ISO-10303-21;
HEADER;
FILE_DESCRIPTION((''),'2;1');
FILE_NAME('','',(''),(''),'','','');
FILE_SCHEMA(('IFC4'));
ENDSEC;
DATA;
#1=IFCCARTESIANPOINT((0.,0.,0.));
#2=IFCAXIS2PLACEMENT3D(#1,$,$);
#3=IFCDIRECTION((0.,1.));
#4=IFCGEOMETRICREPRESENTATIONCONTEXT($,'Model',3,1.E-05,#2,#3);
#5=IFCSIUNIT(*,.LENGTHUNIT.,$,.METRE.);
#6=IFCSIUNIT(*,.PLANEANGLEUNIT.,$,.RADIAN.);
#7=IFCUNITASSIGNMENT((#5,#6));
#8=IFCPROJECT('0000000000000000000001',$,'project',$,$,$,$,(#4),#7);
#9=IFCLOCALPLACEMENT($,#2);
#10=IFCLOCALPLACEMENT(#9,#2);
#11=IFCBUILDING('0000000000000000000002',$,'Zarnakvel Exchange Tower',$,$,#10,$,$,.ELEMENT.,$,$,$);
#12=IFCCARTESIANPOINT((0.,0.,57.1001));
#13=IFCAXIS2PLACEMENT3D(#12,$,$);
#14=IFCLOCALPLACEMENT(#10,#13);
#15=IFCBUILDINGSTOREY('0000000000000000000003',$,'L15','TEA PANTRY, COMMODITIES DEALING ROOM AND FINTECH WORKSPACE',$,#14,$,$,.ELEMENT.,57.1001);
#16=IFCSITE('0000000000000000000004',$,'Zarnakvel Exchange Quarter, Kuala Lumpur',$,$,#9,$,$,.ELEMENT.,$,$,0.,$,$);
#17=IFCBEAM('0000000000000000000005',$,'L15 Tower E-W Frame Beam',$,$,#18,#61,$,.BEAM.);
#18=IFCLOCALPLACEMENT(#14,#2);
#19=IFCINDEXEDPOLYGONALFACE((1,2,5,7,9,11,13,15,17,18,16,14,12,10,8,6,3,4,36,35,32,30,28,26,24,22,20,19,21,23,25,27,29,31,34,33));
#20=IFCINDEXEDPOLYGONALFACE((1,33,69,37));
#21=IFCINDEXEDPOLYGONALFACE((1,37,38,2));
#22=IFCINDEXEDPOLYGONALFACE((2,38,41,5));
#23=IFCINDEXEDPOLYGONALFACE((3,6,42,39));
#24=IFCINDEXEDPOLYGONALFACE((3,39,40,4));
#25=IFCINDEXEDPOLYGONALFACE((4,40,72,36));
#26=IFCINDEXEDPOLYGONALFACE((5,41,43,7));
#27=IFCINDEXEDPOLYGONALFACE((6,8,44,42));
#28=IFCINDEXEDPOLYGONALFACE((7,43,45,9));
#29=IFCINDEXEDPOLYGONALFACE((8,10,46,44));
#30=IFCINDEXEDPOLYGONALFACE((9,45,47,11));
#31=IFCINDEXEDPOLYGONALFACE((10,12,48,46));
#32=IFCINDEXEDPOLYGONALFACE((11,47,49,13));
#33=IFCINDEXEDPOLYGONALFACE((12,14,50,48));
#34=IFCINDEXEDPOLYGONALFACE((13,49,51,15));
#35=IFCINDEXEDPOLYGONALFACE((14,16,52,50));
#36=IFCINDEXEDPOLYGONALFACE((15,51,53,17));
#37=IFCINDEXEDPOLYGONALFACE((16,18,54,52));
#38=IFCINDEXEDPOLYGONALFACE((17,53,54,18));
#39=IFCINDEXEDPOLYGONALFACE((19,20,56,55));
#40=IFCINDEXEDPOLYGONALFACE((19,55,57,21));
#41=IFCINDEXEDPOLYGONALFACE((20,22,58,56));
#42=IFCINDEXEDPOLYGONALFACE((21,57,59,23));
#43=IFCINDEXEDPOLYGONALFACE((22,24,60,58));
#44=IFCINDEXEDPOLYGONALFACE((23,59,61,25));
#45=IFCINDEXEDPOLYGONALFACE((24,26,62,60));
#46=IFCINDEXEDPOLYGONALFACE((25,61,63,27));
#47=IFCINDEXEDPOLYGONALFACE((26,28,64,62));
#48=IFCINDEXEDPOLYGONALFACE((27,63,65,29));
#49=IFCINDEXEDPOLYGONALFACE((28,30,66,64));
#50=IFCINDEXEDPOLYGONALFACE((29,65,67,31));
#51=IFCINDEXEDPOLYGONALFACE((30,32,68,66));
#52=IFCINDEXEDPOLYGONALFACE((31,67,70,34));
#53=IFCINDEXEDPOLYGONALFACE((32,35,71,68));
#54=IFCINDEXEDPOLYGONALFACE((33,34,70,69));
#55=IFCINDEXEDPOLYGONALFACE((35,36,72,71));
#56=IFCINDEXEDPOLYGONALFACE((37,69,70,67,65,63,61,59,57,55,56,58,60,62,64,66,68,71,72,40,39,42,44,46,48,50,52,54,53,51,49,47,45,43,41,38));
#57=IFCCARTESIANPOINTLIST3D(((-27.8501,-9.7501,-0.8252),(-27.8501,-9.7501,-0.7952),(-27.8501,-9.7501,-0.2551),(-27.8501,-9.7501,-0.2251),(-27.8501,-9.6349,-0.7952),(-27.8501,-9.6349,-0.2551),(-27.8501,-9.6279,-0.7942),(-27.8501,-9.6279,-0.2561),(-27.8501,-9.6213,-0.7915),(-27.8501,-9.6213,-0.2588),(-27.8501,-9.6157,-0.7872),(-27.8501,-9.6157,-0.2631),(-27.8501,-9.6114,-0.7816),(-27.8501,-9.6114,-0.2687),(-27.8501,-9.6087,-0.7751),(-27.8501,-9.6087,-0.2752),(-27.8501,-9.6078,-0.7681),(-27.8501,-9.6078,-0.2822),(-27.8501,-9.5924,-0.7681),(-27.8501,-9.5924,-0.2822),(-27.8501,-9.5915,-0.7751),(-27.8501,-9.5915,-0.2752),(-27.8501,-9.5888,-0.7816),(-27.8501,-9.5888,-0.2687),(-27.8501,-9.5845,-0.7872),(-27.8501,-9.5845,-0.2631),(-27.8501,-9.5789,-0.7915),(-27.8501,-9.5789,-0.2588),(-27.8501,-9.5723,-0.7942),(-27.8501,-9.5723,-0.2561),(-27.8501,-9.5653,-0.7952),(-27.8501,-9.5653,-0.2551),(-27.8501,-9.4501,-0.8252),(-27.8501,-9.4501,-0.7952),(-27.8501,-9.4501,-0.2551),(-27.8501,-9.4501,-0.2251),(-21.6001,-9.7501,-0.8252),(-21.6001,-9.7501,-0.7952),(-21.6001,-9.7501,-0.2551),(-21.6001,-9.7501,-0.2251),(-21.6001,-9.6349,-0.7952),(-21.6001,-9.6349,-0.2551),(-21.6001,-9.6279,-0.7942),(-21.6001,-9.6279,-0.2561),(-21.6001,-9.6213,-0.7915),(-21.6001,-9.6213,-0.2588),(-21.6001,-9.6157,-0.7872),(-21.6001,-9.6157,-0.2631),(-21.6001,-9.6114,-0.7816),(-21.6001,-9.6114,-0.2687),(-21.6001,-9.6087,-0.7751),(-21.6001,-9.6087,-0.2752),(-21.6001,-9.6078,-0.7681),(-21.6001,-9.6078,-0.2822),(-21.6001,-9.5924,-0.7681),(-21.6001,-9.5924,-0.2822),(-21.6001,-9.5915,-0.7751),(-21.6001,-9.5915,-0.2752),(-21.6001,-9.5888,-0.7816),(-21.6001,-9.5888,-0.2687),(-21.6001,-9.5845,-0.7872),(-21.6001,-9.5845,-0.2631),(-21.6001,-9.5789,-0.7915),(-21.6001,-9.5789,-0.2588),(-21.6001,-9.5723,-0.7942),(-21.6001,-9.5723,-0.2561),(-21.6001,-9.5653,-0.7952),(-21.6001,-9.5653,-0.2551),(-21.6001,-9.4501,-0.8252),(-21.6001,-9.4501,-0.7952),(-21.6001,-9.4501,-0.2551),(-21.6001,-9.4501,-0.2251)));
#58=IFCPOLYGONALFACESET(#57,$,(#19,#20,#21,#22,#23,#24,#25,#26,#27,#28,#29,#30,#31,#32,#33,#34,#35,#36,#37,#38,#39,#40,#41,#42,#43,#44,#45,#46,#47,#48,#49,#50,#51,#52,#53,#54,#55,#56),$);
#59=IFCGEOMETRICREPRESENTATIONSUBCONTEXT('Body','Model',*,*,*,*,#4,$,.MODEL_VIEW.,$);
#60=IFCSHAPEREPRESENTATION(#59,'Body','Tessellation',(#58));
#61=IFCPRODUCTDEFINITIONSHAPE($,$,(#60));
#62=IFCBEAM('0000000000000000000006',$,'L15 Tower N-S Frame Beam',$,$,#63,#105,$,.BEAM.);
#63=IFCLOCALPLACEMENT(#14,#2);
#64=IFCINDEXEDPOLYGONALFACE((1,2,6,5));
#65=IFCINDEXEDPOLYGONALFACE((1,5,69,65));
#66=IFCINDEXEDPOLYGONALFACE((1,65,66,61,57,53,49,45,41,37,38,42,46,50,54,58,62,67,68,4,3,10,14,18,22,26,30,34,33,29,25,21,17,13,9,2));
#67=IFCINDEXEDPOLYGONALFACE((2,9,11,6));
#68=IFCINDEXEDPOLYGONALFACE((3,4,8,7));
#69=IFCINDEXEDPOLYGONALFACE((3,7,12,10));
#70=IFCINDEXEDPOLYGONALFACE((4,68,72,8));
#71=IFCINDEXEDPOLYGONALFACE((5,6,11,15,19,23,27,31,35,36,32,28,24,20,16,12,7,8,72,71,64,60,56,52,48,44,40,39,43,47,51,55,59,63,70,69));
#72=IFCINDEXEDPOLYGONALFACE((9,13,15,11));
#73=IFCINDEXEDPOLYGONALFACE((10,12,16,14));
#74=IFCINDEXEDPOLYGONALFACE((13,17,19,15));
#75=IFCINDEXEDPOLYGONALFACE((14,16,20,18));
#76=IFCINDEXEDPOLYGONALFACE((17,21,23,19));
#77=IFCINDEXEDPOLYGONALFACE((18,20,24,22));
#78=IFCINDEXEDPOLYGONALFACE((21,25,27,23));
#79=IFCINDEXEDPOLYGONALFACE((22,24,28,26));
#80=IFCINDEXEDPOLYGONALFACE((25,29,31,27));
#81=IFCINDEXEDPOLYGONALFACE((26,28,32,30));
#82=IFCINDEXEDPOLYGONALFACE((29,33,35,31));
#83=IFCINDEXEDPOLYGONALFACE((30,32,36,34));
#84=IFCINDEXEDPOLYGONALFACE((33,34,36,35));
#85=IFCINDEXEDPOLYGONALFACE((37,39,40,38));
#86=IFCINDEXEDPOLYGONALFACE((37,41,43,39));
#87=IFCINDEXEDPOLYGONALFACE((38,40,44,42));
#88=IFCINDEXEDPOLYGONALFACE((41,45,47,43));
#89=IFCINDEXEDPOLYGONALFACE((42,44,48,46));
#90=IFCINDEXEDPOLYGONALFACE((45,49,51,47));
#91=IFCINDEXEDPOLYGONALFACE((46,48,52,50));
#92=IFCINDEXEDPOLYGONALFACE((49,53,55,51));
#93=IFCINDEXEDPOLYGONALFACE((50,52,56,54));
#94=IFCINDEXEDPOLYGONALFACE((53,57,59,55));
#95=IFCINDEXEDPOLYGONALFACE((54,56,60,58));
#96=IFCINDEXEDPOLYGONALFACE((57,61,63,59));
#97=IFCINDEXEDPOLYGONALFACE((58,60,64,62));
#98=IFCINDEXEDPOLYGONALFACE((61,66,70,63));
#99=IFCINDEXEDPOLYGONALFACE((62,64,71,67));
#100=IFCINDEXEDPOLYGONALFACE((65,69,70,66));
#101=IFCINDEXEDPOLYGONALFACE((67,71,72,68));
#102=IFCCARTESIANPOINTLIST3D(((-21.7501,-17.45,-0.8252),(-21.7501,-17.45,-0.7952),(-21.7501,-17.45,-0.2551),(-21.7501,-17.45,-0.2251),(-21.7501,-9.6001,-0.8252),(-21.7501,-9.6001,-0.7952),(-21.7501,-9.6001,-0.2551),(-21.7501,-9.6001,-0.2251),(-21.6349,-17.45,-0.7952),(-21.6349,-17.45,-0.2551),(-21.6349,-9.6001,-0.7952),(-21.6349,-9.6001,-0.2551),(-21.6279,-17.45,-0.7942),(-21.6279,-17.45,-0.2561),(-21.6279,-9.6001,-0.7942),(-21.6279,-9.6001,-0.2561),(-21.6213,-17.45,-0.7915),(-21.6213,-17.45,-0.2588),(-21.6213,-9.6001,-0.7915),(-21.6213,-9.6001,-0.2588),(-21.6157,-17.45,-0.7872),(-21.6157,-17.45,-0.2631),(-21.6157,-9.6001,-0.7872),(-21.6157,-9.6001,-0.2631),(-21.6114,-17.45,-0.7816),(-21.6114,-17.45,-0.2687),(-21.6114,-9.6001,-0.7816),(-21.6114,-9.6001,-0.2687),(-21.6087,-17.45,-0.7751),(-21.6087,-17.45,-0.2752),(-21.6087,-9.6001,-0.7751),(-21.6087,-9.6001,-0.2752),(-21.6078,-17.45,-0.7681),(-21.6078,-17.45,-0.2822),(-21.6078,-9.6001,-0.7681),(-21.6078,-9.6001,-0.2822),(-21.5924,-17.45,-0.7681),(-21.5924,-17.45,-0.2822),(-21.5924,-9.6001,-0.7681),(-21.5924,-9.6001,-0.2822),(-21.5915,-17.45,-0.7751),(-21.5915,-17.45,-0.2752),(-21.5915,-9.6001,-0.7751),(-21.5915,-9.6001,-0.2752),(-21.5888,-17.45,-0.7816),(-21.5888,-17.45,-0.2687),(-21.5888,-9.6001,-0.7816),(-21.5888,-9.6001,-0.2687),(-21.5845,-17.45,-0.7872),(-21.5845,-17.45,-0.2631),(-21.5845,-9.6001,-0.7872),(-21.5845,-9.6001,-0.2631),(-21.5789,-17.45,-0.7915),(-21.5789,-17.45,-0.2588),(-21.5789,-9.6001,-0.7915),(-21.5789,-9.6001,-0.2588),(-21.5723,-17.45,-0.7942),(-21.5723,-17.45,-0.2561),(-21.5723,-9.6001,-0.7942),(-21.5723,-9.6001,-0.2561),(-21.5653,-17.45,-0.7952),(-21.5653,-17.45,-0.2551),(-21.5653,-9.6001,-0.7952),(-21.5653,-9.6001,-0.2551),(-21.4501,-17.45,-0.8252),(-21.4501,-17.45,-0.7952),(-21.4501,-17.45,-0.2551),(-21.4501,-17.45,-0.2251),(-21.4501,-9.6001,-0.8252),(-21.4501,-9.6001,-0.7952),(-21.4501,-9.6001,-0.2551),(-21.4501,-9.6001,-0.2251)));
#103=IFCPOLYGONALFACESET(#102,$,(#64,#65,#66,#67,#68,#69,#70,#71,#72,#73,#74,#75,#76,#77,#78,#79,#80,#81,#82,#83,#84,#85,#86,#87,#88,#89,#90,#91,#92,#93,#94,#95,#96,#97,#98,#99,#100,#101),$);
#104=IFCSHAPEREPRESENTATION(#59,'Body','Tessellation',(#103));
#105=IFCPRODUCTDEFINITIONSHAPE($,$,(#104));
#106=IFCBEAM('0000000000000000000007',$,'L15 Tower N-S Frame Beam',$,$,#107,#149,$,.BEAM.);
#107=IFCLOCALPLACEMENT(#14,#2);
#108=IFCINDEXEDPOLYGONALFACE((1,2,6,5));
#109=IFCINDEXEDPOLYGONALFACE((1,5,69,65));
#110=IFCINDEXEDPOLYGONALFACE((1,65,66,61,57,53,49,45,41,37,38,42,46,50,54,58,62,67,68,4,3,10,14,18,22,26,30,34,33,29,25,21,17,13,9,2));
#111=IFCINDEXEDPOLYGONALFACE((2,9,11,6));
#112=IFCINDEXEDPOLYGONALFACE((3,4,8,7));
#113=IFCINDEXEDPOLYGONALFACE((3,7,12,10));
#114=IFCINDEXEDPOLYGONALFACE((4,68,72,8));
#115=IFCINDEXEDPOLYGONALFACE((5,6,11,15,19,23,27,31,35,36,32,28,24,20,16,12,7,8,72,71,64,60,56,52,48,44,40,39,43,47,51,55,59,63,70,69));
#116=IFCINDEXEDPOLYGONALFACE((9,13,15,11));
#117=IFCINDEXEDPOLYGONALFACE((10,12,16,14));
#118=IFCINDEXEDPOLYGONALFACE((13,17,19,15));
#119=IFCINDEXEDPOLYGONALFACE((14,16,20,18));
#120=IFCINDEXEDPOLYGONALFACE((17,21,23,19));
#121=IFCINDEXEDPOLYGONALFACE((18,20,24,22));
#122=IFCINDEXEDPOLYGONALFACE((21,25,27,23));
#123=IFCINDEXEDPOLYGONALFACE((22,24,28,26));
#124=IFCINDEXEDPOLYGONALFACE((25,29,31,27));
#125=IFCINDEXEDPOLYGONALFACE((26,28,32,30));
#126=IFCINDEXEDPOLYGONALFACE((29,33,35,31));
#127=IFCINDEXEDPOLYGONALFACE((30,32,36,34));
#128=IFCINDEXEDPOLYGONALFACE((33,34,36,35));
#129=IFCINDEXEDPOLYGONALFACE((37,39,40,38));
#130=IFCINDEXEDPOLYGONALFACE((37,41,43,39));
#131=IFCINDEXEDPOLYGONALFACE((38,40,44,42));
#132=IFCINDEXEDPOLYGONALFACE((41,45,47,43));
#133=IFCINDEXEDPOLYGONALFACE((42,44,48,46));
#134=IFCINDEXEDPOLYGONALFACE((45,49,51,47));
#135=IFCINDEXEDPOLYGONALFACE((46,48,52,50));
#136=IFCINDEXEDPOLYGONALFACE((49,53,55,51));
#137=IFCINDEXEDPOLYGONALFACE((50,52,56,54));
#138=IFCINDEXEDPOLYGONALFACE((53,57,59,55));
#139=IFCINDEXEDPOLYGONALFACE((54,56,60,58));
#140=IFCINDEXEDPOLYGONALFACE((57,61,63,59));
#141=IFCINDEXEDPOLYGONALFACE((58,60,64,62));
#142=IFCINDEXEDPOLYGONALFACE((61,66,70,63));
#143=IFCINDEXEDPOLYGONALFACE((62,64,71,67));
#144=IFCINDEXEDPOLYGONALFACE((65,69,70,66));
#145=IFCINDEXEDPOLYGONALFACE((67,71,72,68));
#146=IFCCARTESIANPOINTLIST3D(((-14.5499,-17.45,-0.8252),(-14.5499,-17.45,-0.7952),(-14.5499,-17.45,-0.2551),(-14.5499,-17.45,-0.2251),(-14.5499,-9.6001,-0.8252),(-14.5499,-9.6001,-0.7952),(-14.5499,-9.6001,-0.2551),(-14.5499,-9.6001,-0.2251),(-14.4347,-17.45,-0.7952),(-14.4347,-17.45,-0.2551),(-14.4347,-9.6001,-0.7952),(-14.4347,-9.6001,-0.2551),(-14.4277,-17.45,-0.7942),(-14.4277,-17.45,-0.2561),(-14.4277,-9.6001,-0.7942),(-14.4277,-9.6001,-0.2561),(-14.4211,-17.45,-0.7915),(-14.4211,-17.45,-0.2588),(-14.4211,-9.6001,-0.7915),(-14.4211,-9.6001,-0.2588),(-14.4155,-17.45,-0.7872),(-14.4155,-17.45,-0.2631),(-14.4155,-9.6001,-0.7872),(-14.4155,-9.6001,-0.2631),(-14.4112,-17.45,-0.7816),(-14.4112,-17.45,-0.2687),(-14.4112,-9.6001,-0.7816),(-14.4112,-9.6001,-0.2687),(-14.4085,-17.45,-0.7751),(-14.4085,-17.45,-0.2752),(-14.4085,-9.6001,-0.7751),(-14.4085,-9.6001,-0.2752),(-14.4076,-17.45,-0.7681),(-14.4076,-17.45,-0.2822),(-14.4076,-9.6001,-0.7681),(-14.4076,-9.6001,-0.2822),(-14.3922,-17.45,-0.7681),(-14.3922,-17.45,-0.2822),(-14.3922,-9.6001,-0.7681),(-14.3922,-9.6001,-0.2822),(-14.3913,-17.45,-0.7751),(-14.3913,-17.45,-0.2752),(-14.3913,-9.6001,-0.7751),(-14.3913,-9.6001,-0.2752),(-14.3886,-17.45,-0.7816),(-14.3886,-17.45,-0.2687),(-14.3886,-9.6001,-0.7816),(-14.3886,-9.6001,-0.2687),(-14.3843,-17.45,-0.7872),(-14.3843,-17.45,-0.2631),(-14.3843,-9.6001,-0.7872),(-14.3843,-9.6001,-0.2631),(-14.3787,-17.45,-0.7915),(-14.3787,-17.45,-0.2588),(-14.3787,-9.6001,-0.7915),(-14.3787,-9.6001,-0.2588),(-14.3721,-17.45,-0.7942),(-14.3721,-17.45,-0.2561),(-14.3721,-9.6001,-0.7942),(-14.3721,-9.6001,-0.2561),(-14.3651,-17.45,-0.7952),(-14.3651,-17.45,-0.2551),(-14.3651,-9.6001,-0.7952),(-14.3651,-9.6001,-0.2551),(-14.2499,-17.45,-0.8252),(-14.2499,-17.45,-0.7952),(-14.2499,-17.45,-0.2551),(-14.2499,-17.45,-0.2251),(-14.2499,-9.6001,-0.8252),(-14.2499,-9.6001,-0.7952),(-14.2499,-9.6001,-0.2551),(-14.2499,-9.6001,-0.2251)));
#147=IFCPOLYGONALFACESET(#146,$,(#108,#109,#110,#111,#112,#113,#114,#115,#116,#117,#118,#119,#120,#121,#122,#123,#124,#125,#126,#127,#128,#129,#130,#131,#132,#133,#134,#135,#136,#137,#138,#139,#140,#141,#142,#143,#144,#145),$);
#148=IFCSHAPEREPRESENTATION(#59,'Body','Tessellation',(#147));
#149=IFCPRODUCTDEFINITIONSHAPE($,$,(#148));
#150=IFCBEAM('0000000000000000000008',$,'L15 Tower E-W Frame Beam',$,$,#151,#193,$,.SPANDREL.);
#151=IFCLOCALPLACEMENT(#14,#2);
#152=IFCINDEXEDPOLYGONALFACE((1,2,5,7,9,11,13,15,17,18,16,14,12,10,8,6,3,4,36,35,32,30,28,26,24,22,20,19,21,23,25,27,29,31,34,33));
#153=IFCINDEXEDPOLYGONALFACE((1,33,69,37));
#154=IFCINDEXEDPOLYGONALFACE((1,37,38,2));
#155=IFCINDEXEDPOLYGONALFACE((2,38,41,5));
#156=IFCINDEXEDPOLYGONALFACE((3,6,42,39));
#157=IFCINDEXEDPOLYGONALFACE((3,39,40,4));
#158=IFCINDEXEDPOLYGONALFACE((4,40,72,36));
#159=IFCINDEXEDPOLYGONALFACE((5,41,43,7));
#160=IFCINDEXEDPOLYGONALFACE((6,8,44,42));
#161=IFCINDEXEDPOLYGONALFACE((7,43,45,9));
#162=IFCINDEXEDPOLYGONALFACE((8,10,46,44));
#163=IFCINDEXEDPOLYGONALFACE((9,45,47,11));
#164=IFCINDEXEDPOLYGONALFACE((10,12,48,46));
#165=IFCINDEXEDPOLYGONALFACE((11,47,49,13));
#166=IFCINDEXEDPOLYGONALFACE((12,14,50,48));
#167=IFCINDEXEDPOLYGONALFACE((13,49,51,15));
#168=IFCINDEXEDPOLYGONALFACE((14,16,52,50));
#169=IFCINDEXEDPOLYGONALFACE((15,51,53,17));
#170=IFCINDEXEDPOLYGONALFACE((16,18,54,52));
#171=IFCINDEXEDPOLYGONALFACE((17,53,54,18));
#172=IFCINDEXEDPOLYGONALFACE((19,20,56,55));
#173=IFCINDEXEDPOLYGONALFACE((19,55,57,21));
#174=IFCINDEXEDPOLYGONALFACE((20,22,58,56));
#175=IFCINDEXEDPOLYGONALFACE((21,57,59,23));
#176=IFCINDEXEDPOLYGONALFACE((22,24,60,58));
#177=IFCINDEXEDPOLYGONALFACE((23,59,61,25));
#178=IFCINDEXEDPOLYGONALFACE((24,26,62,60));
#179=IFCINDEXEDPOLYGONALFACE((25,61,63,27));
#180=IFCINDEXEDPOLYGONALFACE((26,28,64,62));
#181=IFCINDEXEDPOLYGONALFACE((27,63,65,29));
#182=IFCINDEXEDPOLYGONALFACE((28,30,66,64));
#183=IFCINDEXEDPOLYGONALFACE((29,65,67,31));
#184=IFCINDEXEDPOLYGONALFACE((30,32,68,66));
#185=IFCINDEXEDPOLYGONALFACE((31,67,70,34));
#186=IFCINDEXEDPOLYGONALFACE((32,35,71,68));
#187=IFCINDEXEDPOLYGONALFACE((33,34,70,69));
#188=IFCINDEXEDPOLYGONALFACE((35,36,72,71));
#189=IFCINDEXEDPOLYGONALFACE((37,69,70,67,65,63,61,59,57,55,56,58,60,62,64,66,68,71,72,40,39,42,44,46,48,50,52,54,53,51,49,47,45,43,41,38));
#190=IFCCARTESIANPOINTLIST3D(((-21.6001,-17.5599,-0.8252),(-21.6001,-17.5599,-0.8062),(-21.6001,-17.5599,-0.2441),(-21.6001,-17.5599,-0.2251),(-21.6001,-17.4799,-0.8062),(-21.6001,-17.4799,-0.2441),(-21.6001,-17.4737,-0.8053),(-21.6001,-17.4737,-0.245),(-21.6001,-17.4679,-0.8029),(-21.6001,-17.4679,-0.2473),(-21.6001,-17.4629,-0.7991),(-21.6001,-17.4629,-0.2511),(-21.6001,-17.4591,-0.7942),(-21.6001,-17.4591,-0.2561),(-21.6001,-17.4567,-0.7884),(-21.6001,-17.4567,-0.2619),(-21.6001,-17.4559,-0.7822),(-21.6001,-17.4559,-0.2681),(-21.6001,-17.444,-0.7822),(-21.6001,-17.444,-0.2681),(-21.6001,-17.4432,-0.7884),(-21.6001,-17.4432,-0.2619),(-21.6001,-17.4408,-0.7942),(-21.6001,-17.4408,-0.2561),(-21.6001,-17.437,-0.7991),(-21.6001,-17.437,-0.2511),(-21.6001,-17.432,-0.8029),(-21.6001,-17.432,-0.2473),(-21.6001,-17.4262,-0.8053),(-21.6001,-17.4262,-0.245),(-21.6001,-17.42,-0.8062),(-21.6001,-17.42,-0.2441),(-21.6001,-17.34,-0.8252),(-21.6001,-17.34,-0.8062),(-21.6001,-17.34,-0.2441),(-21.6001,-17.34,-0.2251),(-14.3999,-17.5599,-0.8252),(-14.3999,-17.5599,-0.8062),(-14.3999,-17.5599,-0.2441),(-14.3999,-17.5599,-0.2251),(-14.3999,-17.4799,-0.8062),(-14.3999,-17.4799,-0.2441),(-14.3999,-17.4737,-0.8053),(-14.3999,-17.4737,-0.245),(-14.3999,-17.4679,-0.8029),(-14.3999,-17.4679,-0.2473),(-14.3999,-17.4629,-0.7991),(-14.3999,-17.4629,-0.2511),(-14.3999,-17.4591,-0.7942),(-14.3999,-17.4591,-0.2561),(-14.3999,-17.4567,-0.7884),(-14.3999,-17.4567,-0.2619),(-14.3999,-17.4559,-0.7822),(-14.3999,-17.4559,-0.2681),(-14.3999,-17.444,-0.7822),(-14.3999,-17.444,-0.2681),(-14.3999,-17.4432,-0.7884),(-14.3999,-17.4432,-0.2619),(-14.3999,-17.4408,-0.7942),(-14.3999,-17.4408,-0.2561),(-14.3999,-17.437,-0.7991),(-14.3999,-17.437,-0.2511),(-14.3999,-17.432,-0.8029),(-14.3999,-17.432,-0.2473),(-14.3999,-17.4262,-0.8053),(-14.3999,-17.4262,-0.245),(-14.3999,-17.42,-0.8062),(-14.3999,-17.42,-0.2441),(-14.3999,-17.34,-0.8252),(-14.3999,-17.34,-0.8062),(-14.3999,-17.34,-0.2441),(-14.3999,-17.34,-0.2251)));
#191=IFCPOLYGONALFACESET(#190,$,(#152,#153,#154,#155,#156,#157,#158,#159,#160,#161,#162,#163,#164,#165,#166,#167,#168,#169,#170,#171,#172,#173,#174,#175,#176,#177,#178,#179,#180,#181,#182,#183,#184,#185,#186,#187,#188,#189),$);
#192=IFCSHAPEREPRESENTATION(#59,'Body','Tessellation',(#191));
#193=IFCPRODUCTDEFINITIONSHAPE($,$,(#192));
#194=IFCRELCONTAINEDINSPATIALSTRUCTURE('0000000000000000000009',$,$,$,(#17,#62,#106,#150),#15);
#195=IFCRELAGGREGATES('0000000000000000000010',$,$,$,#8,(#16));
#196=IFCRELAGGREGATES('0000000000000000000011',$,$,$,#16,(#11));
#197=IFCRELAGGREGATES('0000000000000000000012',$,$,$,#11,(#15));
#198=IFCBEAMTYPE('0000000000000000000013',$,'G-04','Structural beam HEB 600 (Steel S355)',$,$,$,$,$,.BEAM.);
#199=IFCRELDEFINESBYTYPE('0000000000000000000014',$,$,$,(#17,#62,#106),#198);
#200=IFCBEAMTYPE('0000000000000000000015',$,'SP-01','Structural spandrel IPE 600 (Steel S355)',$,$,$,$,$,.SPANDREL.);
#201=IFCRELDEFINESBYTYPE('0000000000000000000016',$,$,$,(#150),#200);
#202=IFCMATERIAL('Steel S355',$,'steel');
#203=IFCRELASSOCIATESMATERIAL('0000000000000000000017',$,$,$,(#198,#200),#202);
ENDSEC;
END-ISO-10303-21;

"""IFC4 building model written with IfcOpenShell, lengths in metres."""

from ifc_helpers import new_model, si_unit, direction, frame, origin, origin_2d, place, context, subcontext, project, spatial, i_section, extrude, material, material_profile, profile_set, type_object, element, save


model = new_model("IFC4")

# Units and contexts
model_context = context("Model", 3, precision=1e-05, world=origin(), true_north=direction((0.0, 1.0)))
body_context = subcontext(model_context, "Body", "Model", "MODEL_VIEW")
ifc_project = project(units=[si_unit("LENGTHUNIT", "METRE"), si_unit("PLANEANGLEUNIT", "RADIAN")], contexts=[model_context])

# Site, building, storey
site_placement = place(None, origin())
site = spatial("IfcSite", under=ifc_project, at=site_placement, Name="Zarnakvel Exchange Quarter, Kuala Lumpur", CompositionType="ELEMENT", RefElevation=0.0)
building_placement = place(site_placement, origin())
building = spatial("IfcBuilding", under=site, at=building_placement, Name="Zarnakvel Exchange Tower", CompositionType="ELEMENT")
storey_placement = place(building_placement, frame((0.0, 0.0, 57.1001)))
storey = spatial("IfcBuildingStorey", under=building, at=storey_placement, Name="L15", Description="TEA PANTRY, COMMODITIES DEALING ROOM AND FINTECH WORKSPACE", CompositionType="ELEMENT", Elevation=57.1001)

# Shared definitions
ifc_material_1 = material(Name="Steel S355", Category="steel")

# Beams
ifc_material_profile_1 = material_profile(ifc_material_1, i_section(OverallWidth=0.3, OverallDepth=0.6001, WebThickness=0.0154, FlangeThickness=0.03, FilletRadius=0.0271, at=origin_2d()))
ifc_profile_set_1 = profile_set([ifc_material_profile_1], Name="Steel S355")
beam_type_1 = type_object("IfcBeamType", Name="G-04", Description="Structural beam HEB 600 (Steel S355)", PredefinedType="BEAM", material=ifc_profile_set_1)
beam_1_placement = place(storey_placement, frame((-27.8501, -9.6001, -0.5251), z_axis=(1.0, 0.0, 0.0), x_axis=(0.0, 1.0, 0.0)))
element("IfcBeam", 1, at=beam_1_placement, inside=storey, type_object=beam_type_1, Name="L15 Tower E-W Frame Beam", PredefinedType="BEAM", context=body_context, shape_type="SweptSolid", body=[
    extrude(i_section(OverallWidth=0.3, OverallDepth=0.6001, WebThickness=0.0154, FlangeThickness=0.03, FilletRadius=0.0271, at=origin_2d()), origin(), (0.0, 0.0, 1.0), 6.25),
])
for number, where, z_axis, x_axis, name in (
    (2, (-21.6001, -17.45, -0.5251), (0.0, 1.0, 0.0), (-1.0, 0.0, 0.0), "L15 Tower N-S Frame Beam"),
    (3, (-14.3999, -17.45, -0.5251), (0.0, 1.0, 0.0), (-1.0, 0.0, 0.0), "L15 Tower N-S Frame Beam"),
):
    element("IfcBeam", number, at=place(storey_placement, frame(where, z_axis=z_axis, x_axis=x_axis)), inside=storey, type_object=beam_type_1, Name=name, PredefinedType="BEAM", context=body_context, shape_type="SweptSolid", body=[
        extrude(i_section(OverallWidth=0.3, OverallDepth=0.6001, WebThickness=0.0154, FlangeThickness=0.03, FilletRadius=0.0271, at=origin_2d()), origin(), (0.0, 0.0, 1.0), 7.8499),
    ])
ifc_material_profile_2 = material_profile(ifc_material_1, i_section(OverallWidth=0.22, OverallDepth=0.6001, WebThickness=0.012, FlangeThickness=0.019, FilletRadius=0.0239, at=origin_2d()))
ifc_profile_set_2 = profile_set([ifc_material_profile_2], Name="Steel S355")
beam_type_2 = type_object("IfcBeamType", Name="SP-01", Description="Structural spandrel IPE 600 (Steel S355)", PredefinedType="SPANDREL", material=ifc_profile_set_2)
beam_2_placement = place(storey_placement, frame((-21.6001, -17.45, -0.5251), z_axis=(1.0, 0.0, 0.0), x_axis=(0.0, 1.0, 0.0)))
element("IfcBeam", 4, at=beam_2_placement, inside=storey, type_object=beam_type_2, Name="L15 Tower E-W Frame Beam", PredefinedType="SPANDREL", context=body_context, shape_type="SweptSolid", body=[
    extrude(i_section(OverallWidth=0.22, OverallDepth=0.6001, WebThickness=0.012, FlangeThickness=0.019, FilletRadius=0.0239, at=origin_2d()), origin(), (0.0, 0.0, 1.0), 7.2002),
])

save(model, "model.ifc")
